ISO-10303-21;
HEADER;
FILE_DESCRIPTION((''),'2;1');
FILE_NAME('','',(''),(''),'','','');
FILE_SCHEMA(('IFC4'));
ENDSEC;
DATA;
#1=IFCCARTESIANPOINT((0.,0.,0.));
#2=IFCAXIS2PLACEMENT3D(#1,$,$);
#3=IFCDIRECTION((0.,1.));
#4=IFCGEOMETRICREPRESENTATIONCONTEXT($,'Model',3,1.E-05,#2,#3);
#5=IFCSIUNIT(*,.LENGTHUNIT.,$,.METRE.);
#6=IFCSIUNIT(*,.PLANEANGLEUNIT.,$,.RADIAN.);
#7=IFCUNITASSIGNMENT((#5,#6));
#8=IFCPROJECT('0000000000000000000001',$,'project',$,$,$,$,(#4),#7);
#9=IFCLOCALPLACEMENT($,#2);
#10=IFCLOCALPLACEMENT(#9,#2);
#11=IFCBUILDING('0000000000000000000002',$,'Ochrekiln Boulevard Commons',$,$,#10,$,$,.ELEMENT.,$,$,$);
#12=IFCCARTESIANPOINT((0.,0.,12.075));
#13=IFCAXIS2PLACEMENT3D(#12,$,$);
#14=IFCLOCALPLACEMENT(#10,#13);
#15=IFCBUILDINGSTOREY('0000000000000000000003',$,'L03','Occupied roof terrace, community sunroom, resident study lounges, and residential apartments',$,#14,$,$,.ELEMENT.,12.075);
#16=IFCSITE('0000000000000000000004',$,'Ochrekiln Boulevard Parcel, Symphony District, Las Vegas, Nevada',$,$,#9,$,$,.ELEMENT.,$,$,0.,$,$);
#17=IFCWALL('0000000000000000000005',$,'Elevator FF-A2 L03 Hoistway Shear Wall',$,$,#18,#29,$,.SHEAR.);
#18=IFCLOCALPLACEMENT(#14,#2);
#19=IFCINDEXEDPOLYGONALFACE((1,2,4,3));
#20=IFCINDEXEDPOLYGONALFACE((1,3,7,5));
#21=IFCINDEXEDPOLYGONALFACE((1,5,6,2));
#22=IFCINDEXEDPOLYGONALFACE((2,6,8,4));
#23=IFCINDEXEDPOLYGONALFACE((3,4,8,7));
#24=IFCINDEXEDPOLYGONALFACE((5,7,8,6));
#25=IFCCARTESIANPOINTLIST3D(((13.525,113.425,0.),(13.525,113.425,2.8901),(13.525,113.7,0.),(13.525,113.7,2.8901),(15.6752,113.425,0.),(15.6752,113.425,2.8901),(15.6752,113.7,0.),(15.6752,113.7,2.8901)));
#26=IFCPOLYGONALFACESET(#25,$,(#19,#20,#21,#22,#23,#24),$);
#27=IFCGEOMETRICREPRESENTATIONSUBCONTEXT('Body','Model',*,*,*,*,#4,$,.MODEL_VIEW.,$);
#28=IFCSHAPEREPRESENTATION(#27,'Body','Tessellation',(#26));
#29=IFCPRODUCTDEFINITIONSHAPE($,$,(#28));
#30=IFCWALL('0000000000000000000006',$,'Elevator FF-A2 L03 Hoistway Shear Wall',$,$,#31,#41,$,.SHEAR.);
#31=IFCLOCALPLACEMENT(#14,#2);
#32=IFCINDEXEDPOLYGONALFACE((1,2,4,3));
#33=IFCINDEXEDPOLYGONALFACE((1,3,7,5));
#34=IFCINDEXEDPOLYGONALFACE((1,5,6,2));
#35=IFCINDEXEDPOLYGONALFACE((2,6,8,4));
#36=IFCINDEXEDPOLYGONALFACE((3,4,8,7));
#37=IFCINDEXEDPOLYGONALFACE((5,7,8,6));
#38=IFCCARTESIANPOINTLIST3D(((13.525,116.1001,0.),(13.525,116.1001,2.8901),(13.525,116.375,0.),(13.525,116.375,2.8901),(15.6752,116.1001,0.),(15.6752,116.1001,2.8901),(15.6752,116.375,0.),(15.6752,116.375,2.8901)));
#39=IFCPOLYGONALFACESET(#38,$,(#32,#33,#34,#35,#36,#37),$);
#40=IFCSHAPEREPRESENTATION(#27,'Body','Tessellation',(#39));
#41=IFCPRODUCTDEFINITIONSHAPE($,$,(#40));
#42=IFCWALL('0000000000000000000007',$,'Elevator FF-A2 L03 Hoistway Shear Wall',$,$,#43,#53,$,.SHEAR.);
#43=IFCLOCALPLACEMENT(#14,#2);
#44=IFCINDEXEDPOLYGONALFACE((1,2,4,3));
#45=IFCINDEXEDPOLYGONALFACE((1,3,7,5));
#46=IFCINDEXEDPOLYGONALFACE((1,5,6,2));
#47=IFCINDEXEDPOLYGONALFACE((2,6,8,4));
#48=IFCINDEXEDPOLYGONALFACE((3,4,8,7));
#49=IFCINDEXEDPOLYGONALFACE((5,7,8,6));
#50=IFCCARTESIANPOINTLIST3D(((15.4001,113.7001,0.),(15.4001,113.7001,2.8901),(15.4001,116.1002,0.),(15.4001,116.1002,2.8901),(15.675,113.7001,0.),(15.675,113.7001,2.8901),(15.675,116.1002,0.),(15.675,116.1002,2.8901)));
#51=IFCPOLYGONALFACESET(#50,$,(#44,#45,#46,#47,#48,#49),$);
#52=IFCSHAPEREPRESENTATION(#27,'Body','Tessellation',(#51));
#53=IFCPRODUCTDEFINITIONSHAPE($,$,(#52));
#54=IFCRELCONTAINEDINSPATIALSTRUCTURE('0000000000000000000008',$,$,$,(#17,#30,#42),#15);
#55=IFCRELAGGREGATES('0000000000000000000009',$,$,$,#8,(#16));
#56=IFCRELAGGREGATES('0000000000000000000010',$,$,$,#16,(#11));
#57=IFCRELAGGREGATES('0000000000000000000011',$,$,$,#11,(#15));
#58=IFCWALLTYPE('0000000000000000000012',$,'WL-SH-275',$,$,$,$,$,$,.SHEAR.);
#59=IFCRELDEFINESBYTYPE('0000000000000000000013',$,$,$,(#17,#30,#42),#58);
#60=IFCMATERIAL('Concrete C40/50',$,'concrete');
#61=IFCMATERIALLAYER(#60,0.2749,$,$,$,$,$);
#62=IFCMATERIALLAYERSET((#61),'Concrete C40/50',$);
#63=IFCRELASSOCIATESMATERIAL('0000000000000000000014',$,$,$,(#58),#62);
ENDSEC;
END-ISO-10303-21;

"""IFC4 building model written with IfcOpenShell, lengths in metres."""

from ifc_helpers import new_model, si_unit, direction, frame, frame_2d, origin, place, context, subcontext, project, spatial, rectangle, extrude, material, layer, layer_set, type_object, element, save


model = new_model("IFC4")

# Units and contexts
model_context = context("Model", 3, precision=1e-05, world=origin(), true_north=direction((0.0, 1.0)))
body_context = subcontext(model_context, "Body", "Model", "MODEL_VIEW")
ifc_project = project(units=[si_unit("LENGTHUNIT", "METRE"), si_unit("PLANEANGLEUNIT", "RADIAN")], contexts=[model_context])

# Site, building, storey
site_placement = place(None, origin())
site = spatial("IfcSite", under=ifc_project, at=site_placement, Name="Ochrekiln Boulevard Parcel, Symphony District, Las Vegas, Nevada", CompositionType="ELEMENT", RefElevation=0.0)
building_placement = place(site_placement, origin())
building = spatial("IfcBuilding", under=site, at=building_placement, Name="Ochrekiln Boulevard Commons", CompositionType="ELEMENT")
storey_placement = place(building_placement, frame((0.0, 0.0, 12.075)))
storey = spatial("IfcBuildingStorey", under=building, at=storey_placement, Name="L03", Description="Occupied roof terrace, community sunroom, resident study lounges, and residential apartments", CompositionType="ELEMENT", Elevation=12.075)

# Shared definitions
ifc_material_1 = material(Name="Concrete C40/50", Category="concrete")

# Walls
ifc_layer = layer(ifc_material_1, 0.2749)
ifc_layer_set = layer_set([ifc_layer], Name="Concrete C40/50")
wall_type = type_object("IfcWallType", Name="WL-SH-275", PredefinedType="SHEAR", material=ifc_layer_set)
for number, where, z_axis, x_axis, name in (
    (1, (13.5249, 113.5625, 0.0), (0.0, 0.0, 1.0), (1.0, 0.0, 0.0), "Elevator FF-A2 L03 Hoistway Shear Wall"),
    (2, (13.5249, 116.2375, 0.0), (0.0, 0.0, 1.0), (1.0, 0.0, 0.0), "Elevator FF-A2 L03 Hoistway Shear Wall"),
):
    element("IfcWall", number, at=place(storey_placement, frame(where, z_axis=z_axis, x_axis=x_axis)), inside=storey, type_object=wall_type, Name=name, PredefinedType="SHEAR", context=body_context, shape_type="SweptSolid", body=[
        extrude(rectangle(XDim=2.1501, YDim=0.2749, at=frame_2d((1.0752, 0.0))), origin(), (0.0, 0.0, 1.0), 2.8901),
    ])

# Wall
wall_1_placement = place(storey_placement, frame((15.5376, 113.7, 0.0), z_axis=(0.0, 0.0, 1.0), x_axis=(0.0, 1.0, 0.0)))
element("IfcWall", 3, at=wall_1_placement, inside=storey, type_object=wall_type, Name="Elevator FF-A2 L03 Hoistway Shear Wall", PredefinedType="SHEAR", context=body_context, shape_type="SweptSolid", body=[
    extrude(rectangle(XDim=2.4001, YDim=0.2749, at=frame_2d((1.2002, 0.0))), origin(), (0.0, 0.0, 1.0), 2.8901),
])

save(model, "model.ifc")
